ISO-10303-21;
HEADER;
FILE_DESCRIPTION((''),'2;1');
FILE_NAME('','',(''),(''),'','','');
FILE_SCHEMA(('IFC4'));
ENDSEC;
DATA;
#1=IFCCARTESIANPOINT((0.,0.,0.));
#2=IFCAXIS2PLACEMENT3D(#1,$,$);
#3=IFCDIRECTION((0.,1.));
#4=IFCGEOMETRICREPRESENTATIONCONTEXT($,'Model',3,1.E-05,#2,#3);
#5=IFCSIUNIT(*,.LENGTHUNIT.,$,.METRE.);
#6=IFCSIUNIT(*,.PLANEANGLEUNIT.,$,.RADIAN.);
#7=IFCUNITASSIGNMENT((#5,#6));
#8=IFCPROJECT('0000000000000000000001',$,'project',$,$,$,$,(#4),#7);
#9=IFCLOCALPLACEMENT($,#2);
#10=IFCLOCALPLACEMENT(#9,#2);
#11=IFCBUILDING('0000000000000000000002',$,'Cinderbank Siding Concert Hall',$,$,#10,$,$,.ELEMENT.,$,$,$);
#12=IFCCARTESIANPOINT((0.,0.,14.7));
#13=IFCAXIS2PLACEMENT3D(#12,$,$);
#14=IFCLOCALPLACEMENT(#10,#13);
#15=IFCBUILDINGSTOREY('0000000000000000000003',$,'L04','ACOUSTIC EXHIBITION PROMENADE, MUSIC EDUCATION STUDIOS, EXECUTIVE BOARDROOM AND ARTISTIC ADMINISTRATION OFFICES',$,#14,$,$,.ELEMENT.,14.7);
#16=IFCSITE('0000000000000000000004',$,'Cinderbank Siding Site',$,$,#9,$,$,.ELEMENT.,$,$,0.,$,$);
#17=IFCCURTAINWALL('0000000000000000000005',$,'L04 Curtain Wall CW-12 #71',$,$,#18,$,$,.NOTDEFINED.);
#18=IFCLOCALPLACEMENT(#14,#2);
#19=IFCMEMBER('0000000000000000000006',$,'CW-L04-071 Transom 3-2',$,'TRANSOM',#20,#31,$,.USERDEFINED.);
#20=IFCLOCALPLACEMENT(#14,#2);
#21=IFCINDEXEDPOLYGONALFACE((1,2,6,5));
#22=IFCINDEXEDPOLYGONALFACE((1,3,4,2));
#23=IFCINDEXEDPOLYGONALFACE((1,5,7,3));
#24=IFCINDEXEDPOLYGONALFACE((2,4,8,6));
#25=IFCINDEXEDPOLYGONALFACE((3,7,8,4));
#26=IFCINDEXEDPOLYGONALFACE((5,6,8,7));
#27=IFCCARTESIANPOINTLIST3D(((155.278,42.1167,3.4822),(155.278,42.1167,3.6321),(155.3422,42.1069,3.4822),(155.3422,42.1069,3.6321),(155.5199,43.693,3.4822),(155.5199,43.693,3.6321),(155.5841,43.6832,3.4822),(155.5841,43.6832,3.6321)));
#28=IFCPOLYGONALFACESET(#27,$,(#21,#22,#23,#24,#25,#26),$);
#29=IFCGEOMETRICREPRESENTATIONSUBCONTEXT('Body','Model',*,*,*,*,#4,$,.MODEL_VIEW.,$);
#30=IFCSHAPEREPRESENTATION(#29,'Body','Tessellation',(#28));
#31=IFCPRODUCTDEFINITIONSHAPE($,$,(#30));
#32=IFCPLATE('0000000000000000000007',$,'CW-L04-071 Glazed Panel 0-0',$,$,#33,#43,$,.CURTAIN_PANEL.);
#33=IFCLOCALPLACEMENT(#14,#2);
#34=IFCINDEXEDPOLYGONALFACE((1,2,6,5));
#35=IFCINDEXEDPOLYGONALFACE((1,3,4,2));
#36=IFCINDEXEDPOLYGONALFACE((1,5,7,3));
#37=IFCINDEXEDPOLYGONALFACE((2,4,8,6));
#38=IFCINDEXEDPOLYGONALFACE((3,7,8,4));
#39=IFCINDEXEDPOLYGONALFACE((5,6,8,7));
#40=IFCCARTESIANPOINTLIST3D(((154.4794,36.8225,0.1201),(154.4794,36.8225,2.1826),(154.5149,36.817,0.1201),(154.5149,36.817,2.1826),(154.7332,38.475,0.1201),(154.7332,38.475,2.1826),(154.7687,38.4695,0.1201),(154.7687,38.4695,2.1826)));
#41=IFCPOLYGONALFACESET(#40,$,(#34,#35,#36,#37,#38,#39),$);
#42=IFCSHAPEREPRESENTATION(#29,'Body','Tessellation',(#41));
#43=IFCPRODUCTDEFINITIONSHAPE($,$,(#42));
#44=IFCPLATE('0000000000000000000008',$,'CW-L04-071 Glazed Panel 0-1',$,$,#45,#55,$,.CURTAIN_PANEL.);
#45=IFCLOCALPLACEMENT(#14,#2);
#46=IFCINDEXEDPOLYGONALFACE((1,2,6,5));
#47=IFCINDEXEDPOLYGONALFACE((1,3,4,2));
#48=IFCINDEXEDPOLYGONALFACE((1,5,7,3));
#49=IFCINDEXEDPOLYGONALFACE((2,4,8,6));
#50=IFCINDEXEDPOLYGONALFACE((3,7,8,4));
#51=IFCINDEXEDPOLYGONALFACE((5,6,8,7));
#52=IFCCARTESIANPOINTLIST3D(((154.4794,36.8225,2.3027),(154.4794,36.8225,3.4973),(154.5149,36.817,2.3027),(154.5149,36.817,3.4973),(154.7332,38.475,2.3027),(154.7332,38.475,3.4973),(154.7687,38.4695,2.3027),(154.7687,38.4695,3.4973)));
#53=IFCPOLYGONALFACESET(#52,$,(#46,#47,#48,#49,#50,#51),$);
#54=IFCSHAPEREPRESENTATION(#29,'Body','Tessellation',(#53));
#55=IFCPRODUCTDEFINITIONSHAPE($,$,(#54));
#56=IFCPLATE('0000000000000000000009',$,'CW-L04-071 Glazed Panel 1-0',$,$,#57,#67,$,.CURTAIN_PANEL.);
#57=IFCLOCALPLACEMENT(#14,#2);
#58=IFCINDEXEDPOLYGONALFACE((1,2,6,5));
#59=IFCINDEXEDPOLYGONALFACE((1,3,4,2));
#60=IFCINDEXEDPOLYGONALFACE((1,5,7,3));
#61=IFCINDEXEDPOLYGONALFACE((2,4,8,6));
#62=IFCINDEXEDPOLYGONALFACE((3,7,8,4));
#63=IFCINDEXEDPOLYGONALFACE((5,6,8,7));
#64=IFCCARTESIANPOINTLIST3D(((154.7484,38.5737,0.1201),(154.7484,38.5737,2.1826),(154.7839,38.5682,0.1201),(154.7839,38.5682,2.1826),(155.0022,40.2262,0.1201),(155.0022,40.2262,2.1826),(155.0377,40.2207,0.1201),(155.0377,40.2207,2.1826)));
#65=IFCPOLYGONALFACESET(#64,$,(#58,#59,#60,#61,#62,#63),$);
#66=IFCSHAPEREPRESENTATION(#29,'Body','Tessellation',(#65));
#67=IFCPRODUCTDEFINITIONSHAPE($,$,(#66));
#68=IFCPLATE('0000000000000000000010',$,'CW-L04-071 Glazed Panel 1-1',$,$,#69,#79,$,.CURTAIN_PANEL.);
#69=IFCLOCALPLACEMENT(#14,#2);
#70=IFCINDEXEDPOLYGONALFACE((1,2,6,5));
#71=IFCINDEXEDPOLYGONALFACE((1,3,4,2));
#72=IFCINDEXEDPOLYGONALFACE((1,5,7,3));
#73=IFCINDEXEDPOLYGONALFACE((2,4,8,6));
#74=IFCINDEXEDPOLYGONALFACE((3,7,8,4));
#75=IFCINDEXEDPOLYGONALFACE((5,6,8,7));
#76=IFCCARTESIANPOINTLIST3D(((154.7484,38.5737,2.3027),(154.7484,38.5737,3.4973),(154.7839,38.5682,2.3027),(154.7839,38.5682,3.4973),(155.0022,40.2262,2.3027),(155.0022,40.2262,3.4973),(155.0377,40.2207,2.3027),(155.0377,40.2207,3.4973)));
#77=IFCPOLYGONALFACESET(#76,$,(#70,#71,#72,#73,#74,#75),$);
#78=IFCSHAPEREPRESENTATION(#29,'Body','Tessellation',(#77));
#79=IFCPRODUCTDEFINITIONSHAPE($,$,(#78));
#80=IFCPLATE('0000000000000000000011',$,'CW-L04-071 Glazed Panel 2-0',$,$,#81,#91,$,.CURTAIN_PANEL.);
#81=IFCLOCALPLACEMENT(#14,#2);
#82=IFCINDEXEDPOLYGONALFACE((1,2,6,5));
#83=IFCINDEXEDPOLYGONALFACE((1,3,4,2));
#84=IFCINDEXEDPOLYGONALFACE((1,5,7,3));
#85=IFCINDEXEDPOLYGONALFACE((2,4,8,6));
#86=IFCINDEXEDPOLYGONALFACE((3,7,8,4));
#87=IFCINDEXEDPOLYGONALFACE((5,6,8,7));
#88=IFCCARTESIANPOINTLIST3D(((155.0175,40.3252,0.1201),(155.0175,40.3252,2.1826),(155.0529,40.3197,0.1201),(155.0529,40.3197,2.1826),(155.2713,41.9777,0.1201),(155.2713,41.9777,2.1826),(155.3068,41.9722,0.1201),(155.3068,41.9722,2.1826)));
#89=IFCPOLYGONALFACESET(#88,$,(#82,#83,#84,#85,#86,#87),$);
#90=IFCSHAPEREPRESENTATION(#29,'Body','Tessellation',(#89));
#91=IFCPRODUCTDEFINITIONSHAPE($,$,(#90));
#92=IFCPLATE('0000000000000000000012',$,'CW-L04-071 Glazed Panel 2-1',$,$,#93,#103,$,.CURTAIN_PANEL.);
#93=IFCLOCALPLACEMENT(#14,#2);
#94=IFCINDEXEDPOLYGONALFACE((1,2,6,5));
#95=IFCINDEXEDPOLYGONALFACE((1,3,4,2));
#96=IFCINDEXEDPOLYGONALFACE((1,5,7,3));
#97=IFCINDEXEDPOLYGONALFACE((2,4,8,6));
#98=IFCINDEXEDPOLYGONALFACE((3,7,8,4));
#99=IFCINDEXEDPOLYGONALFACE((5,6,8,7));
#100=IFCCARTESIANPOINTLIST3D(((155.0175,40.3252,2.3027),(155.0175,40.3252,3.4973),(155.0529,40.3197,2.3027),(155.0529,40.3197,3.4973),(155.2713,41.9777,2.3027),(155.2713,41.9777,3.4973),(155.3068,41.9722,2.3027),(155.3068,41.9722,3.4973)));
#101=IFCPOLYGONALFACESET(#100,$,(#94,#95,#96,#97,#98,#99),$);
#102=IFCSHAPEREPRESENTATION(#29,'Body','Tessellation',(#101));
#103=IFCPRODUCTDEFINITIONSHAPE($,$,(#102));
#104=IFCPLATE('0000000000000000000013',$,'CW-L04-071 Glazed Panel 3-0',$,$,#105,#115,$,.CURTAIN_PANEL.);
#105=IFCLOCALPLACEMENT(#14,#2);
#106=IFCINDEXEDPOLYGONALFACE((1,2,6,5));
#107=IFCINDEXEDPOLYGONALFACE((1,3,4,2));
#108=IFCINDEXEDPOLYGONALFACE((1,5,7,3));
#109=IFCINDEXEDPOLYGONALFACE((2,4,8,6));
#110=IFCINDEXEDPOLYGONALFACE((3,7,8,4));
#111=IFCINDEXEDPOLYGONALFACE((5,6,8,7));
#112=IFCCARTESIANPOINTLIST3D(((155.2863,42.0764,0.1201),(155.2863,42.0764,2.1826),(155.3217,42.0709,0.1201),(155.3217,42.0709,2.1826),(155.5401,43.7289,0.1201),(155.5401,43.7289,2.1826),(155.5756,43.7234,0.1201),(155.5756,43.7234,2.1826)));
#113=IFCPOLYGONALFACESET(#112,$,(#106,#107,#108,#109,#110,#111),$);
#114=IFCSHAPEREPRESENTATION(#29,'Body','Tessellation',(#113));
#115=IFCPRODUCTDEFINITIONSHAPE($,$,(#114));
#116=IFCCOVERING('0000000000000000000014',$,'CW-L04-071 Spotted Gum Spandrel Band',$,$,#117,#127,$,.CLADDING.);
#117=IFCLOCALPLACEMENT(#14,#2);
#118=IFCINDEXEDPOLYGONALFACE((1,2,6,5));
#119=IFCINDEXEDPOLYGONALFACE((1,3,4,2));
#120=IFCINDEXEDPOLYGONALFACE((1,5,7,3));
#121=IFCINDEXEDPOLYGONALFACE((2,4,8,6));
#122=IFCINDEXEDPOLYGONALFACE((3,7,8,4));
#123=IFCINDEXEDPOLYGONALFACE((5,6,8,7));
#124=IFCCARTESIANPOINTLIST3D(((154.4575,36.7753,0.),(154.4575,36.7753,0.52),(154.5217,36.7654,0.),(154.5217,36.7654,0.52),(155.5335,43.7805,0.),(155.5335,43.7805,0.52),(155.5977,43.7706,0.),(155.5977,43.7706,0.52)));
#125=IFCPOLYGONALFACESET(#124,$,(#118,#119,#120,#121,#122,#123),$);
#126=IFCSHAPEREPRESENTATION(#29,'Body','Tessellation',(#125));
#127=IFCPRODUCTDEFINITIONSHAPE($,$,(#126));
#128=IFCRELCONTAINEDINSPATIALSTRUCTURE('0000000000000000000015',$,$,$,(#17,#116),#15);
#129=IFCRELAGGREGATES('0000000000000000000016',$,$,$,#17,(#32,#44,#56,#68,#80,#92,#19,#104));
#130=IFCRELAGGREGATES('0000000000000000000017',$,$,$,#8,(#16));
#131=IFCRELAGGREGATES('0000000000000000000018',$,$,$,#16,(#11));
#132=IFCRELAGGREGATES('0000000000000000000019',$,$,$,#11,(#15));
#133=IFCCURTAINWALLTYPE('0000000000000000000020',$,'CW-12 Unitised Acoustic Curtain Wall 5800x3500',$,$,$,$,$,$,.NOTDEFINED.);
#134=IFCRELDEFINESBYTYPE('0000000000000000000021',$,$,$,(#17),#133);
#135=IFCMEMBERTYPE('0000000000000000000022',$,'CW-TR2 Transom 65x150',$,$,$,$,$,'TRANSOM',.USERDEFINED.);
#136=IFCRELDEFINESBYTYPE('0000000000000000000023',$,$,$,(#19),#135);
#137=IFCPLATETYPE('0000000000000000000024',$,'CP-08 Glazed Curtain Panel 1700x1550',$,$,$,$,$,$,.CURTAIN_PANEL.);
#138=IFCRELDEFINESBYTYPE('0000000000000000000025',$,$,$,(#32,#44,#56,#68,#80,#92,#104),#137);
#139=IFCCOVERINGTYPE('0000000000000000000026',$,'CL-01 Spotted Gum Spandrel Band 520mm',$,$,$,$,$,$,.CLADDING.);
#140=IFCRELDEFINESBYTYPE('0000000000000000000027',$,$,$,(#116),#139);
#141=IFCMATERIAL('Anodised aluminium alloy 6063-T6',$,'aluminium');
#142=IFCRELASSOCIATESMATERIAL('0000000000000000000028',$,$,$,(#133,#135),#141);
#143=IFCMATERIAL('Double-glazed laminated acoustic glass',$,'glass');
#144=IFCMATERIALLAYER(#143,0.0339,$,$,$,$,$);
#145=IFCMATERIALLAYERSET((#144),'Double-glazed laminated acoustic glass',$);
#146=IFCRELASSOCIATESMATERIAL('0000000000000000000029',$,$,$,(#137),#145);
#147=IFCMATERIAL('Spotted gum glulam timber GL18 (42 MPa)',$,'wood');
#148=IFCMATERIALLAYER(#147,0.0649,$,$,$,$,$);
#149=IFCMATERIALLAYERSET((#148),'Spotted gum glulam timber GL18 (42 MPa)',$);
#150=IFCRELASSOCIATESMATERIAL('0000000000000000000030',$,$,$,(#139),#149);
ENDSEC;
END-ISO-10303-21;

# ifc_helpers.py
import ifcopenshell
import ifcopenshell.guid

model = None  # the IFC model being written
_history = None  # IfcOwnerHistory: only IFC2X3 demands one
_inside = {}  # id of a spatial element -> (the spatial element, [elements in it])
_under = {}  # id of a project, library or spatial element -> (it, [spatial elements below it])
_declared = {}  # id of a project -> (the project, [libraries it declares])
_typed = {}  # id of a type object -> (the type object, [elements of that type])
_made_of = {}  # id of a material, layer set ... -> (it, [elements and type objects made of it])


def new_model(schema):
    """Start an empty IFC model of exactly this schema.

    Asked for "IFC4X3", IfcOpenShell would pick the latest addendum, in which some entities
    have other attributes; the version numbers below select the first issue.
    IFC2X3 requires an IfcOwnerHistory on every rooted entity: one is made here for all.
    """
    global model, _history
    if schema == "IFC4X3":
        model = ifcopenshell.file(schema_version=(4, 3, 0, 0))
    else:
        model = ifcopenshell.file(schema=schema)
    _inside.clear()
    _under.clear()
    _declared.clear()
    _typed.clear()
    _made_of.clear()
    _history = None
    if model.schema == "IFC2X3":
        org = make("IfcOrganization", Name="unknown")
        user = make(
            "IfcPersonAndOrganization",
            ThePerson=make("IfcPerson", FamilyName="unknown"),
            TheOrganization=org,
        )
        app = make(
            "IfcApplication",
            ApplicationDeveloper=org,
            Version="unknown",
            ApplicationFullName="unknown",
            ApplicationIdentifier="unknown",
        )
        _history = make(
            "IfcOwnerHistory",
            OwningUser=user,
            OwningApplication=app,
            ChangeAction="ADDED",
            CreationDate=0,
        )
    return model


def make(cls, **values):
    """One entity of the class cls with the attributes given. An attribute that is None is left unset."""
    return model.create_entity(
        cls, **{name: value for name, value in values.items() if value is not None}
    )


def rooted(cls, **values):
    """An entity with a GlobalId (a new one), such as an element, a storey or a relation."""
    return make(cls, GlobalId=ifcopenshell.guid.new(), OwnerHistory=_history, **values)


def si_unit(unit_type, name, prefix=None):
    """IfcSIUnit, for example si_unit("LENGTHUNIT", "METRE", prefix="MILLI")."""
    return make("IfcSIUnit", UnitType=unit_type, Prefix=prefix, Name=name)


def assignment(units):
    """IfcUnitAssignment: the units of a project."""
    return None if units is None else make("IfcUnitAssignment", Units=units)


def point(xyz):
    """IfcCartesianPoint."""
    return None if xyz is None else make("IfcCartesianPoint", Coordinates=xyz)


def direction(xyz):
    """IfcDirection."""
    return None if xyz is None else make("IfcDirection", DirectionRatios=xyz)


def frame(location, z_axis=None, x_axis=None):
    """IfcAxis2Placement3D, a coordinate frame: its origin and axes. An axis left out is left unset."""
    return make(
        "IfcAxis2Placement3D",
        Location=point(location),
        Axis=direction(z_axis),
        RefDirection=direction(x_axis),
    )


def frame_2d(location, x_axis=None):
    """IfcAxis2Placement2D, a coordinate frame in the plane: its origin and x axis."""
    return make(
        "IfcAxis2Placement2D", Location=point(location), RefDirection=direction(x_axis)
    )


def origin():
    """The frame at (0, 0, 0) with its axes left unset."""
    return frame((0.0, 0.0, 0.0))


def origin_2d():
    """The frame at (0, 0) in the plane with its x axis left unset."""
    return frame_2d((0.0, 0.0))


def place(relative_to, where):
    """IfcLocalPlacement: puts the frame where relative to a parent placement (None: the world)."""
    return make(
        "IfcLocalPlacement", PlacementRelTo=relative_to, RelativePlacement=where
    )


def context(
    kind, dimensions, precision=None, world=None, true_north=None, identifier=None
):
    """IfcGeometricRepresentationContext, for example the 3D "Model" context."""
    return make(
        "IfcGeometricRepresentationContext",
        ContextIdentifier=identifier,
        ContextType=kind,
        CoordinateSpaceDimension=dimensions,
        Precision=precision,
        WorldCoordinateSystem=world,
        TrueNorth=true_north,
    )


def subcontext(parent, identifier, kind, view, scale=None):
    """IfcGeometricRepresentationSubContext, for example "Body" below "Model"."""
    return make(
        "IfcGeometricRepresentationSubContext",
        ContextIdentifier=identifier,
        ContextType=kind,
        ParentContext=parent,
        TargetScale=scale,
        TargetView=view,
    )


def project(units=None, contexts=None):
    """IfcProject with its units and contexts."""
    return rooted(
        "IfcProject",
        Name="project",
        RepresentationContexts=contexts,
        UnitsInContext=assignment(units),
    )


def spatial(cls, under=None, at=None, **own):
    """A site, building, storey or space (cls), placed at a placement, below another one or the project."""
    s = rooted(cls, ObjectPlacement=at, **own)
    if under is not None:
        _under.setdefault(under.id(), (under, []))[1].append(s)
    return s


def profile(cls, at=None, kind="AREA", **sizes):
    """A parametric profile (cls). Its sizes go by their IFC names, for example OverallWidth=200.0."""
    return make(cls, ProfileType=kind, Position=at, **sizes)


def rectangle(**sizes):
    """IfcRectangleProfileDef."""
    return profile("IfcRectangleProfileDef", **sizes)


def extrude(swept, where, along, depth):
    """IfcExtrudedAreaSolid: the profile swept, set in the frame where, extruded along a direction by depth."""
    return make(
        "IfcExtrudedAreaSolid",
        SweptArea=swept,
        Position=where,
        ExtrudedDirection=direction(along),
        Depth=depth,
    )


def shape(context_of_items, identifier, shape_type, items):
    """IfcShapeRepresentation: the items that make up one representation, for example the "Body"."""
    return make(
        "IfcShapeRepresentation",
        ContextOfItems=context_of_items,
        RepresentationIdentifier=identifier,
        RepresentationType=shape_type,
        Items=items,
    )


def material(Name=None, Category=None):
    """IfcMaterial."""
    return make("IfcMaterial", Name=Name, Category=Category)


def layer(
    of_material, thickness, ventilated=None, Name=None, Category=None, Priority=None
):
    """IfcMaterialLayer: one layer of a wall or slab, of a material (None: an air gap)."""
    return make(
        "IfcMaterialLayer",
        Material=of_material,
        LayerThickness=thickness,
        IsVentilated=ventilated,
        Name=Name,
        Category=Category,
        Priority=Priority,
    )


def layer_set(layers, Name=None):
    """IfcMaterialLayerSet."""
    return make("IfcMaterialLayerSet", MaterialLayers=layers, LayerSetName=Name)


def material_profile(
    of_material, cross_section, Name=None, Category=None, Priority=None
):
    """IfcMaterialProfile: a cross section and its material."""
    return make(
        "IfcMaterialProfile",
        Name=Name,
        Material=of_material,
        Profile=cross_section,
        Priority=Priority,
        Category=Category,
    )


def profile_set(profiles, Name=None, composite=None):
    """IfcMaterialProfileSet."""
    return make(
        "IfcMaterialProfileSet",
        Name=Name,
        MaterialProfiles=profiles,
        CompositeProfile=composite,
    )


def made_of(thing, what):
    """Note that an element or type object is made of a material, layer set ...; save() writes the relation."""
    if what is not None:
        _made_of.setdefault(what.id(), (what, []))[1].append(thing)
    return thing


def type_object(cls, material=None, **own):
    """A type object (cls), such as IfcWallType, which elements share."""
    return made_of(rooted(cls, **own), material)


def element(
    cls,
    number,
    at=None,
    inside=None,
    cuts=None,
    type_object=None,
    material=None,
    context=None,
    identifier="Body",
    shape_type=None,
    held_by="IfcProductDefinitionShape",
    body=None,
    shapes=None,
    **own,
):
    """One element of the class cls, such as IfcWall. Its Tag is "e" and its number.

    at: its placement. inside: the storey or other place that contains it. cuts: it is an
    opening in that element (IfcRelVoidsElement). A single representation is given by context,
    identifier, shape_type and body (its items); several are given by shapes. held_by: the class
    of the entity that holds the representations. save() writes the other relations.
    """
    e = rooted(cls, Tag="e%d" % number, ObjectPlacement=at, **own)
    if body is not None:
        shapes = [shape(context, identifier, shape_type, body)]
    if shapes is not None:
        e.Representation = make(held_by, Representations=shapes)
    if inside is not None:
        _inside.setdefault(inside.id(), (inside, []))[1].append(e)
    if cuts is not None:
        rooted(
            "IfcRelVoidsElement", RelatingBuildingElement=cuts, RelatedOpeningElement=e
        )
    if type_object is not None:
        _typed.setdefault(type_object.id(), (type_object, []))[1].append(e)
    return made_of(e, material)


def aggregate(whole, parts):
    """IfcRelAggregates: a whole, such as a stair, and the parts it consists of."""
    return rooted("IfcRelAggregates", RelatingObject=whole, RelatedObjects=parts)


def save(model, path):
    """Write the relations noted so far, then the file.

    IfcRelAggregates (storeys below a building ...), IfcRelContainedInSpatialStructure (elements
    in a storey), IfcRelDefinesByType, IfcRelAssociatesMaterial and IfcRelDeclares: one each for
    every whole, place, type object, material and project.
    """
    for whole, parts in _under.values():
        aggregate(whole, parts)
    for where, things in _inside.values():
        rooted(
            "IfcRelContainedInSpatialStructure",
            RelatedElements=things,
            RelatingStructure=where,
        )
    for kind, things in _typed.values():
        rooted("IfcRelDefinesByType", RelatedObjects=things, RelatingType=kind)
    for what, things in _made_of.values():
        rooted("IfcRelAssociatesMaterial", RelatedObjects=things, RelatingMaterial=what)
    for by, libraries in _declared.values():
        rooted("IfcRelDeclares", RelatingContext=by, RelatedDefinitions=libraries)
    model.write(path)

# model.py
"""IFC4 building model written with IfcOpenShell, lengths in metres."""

from ifc_helpers import new_model, si_unit, direction, frame, origin, origin_2d, place, context, subcontext, project, spatial, rectangle, extrude, material, layer, layer_set, material_profile, profile_set, type_object, element, aggregate, save


model = new_model("IFC4")

# Units and contexts
model_context = context("Model", 3, precision=1e-05, world=origin(), true_north=direction((0.0, 1.0)))
body_context = subcontext(model_context, "Body", "Model", "MODEL_VIEW")
ifc_project = project(units=[si_unit("LENGTHUNIT", "METRE"), si_unit("PLANEANGLEUNIT", "RADIAN")], contexts=[model_context])

# Site, building, storey
site_placement = place(None, origin())
site = spatial("IfcSite", under=ifc_project, at=site_placement, Name="Cinderbank Siding Site", CompositionType="ELEMENT", RefElevation=0.0)
building_placement = place(site_placement, origin())
building = spatial("IfcBuilding", under=site, at=building_placement, Name="Cinderbank Siding Concert Hall", CompositionType="ELEMENT")
storey_placement = place(building_placement, frame((0.0, 0.0, 14.7)))
storey = spatial("IfcBuildingStorey", under=building, at=storey_placement, Name="L04", Description="ACOUSTIC EXHIBITION PROMENADE, MUSIC EDUCATION STUDIOS, EXECUTIVE BOARDROOM AND ARTISTIC ADMINISTRATION OFFICES", CompositionType="ELEMENT", Elevation=14.7)

# Curtain wall, member, plates
ifc_material_1 = material(Name="Anodised aluminium alloy 6063-T6", Category="aluminium")
curtain_wall_type = type_object("IfcCurtainWallType", Name="CW-12 Unitised Acoustic Curtain Wall 5800x3500", PredefinedType="NOTDEFINED", material=ifc_material_1)
curtain_wall_placement = place(storey_placement, origin())
curtain_wall = element("IfcCurtainWall", 1, at=curtain_wall_placement, inside=storey, type_object=curtain_wall_type, Name="L04 Curtain Wall CW-12 #71", PredefinedType="NOTDEFINED")
ifc_material_profile_1 = material_profile(ifc_material_1, rectangle(XDim=0.0649, YDim=0.1499, at=origin_2d()), Name="ALU-TRAN-65x150", Category="LoadBearing")
ifc_profile_set_1 = profile_set([ifc_material_profile_1], Name="Anodised aluminium alloy 6063-T6")
member_type_1 = type_object("IfcMemberType", Name="CW-TR2 Transom 65x150", ElementType="TRANSOM", PredefinedType="USERDEFINED", material=ifc_profile_set_1)
member_1_placement = place(storey_placement, frame((155.3101, 42.1118, 3.5571), z_axis=(0.151724, 0.988423, 0.0), x_axis=(-0.988423, 0.151724, 0.0)))
member_1 = element("IfcMember", 2, at=member_1_placement, type_object=member_type_1, Name="CW-L04-071 Transom 3-2", ObjectType="TRANSOM", PredefinedType="USERDEFINED", context=body_context, shape_type="SweptSolid", body=[
    extrude(rectangle(XDim=0.0649, YDim=0.1499, at=origin_2d()), origin(), (0.0, 0.0, 1.0), 1.5947),
])
ifc_material_2 = material(Name="Double-glazed laminated acoustic glass", Category="glass")
ifc_layer_1 = layer(ifc_material_2, 0.0339)
ifc_layer_set_1 = layer_set([ifc_layer_1], Name="Double-glazed laminated acoustic glass")
plate_type = type_object("IfcPlateType", Name="CP-08 Glazed Curtain Panel 1700x1550", PredefinedType="CURTAIN_PANEL", material=ifc_layer_set_1)
plate_1_placement = place(storey_placement, frame((154.624, 37.646, 0.1201), z_axis=(0.0, 0.0, 1.0), x_axis=(0.151815, 0.988409, 0.0)))
plate_1 = element("IfcPlate", 3, at=plate_1_placement, type_object=plate_type, Name="CW-L04-071 Glazed Panel 0-0", PredefinedType="CURTAIN_PANEL", context=body_context, shape_type="SweptSolid", body=[
    extrude(rectangle(XDim=1.6719, YDim=0.0359, at=origin_2d()), origin(), (0.0, 0.0, 1.0), 2.0625),
])
plate_2_placement = place(storey_placement, frame((154.624, 37.646, 2.3027), z_axis=(0.0, 0.0, 1.0), x_axis=(0.151815, 0.988409, 0.0)))
plate_2 = element("IfcPlate", 4, at=plate_2_placement, type_object=plate_type, Name="CW-L04-071 Glazed Panel 0-1", PredefinedType="CURTAIN_PANEL", context=body_context, shape_type="SweptSolid", body=[
    extrude(rectangle(XDim=1.6719, YDim=0.0359, at=origin_2d()), origin(), (0.0, 0.0, 1.0), 1.1946),
])
plate_3_placement = place(storey_placement, frame((154.8931, 39.3972, 0.1201), z_axis=(0.0, 0.0, 1.0), x_axis=(0.151815, 0.988409, 0.0)))
plate_3 = element("IfcPlate", 5, at=plate_3_placement, type_object=plate_type, Name="CW-L04-071 Glazed Panel 1-0", PredefinedType="CURTAIN_PANEL", context=body_context, shape_type="SweptSolid", body=[
    extrude(rectangle(XDim=1.6719, YDim=0.0359, at=origin_2d()), origin(), (0.0, 0.0, 1.0), 2.0625),
])
plate_4_placement = place(storey_placement, frame((154.8931, 39.3972, 2.3027), z_axis=(0.0, 0.0, 1.0), x_axis=(0.151815, 0.988409, 0.0)))
plate_4 = element("IfcPlate", 6, at=plate_4_placement, type_object=plate_type, Name="CW-L04-071 Glazed Panel 1-1", PredefinedType="CURTAIN_PANEL", context=body_context, shape_type="SweptSolid", body=[
    extrude(rectangle(XDim=1.6719, YDim=0.0359, at=origin_2d()), origin(), (0.0, 0.0, 1.0), 1.1946),
])
plate_5_placement = place(storey_placement, frame((155.1621, 41.1487, 0.1201), z_axis=(0.0, 0.0, 1.0), x_axis=(0.151815, 0.988409, 0.0)))
plate_5 = element("IfcPlate", 7, at=plate_5_placement, type_object=plate_type, Name="CW-L04-071 Glazed Panel 2-0", PredefinedType="CURTAIN_PANEL", context=body_context, shape_type="SweptSolid", body=[
    extrude(rectangle(XDim=1.6719, YDim=0.0359, at=origin_2d()), origin(), (0.0, 0.0, 1.0), 2.0625),
])
plate_6_placement = place(storey_placement, frame((155.1621, 41.1487, 2.3027), z_axis=(0.0, 0.0, 1.0), x_axis=(0.151815, 0.988409, 0.0)))
plate_6 = element("IfcPlate", 8, at=plate_6_placement, type_object=plate_type, Name="CW-L04-071 Glazed Panel 2-1", PredefinedType="CURTAIN_PANEL", context=body_context, shape_type="SweptSolid", body=[
    extrude(rectangle(XDim=1.6719, YDim=0.0359, at=origin_2d()), origin(), (0.0, 0.0, 1.0), 1.1946),
])
plate_7_placement = place(storey_placement, frame((155.4309, 42.8999, 0.1201), z_axis=(0.0, 0.0, 1.0), x_axis=(0.151815, 0.988409, 0.0)))
plate_7 = element("IfcPlate", 9, at=plate_7_placement, type_object=plate_type, Name="CW-L04-071 Glazed Panel 3-0", PredefinedType="CURTAIN_PANEL", context=body_context, shape_type="SweptSolid", body=[
    extrude(rectangle(XDim=1.6719, YDim=0.0359, at=origin_2d()), origin(), (0.0, 0.0, 1.0), 2.0625),
])
aggregate(curtain_wall, [plate_1, plate_2, plate_3, plate_4, plate_5, plate_6, member_1, plate_7])

# Covering
ifc_material_3 = material(Name="Spotted gum glulam timber GL18 (42 MPa)", Category="wood")
ifc_layer_2 = layer(ifc_material_3, 0.0649)
ifc_layer_set_2 = layer_set([ifc_layer_2], Name="Spotted gum glulam timber GL18 (42 MPa)")
covering_type = type_object("IfcCoveringType", Name="CL-01 Spotted Gum Spandrel Band 520mm", PredefinedType="CLADDING", material=ifc_layer_set_2)
covering_placement = place(storey_placement, frame((155.0276, 40.2729, 0.0), z_axis=(0.0, 0.0, 1.0), x_axis=(0.151815, 0.988409, 0.0)))
element("IfcCovering", 10, at=covering_placement, inside=storey, type_object=covering_type, Name="CW-L04-071 Spotted Gum Spandrel Band", PredefinedType="CLADDING", context=body_context, shape_type="SweptSolid", body=[
    extrude(rectangle(XDim=7.0874, YDim=0.0649, at=origin_2d()), origin(), (0.0, 0.0, 1.0), 0.52),
])

save(model, "model.ifc")
